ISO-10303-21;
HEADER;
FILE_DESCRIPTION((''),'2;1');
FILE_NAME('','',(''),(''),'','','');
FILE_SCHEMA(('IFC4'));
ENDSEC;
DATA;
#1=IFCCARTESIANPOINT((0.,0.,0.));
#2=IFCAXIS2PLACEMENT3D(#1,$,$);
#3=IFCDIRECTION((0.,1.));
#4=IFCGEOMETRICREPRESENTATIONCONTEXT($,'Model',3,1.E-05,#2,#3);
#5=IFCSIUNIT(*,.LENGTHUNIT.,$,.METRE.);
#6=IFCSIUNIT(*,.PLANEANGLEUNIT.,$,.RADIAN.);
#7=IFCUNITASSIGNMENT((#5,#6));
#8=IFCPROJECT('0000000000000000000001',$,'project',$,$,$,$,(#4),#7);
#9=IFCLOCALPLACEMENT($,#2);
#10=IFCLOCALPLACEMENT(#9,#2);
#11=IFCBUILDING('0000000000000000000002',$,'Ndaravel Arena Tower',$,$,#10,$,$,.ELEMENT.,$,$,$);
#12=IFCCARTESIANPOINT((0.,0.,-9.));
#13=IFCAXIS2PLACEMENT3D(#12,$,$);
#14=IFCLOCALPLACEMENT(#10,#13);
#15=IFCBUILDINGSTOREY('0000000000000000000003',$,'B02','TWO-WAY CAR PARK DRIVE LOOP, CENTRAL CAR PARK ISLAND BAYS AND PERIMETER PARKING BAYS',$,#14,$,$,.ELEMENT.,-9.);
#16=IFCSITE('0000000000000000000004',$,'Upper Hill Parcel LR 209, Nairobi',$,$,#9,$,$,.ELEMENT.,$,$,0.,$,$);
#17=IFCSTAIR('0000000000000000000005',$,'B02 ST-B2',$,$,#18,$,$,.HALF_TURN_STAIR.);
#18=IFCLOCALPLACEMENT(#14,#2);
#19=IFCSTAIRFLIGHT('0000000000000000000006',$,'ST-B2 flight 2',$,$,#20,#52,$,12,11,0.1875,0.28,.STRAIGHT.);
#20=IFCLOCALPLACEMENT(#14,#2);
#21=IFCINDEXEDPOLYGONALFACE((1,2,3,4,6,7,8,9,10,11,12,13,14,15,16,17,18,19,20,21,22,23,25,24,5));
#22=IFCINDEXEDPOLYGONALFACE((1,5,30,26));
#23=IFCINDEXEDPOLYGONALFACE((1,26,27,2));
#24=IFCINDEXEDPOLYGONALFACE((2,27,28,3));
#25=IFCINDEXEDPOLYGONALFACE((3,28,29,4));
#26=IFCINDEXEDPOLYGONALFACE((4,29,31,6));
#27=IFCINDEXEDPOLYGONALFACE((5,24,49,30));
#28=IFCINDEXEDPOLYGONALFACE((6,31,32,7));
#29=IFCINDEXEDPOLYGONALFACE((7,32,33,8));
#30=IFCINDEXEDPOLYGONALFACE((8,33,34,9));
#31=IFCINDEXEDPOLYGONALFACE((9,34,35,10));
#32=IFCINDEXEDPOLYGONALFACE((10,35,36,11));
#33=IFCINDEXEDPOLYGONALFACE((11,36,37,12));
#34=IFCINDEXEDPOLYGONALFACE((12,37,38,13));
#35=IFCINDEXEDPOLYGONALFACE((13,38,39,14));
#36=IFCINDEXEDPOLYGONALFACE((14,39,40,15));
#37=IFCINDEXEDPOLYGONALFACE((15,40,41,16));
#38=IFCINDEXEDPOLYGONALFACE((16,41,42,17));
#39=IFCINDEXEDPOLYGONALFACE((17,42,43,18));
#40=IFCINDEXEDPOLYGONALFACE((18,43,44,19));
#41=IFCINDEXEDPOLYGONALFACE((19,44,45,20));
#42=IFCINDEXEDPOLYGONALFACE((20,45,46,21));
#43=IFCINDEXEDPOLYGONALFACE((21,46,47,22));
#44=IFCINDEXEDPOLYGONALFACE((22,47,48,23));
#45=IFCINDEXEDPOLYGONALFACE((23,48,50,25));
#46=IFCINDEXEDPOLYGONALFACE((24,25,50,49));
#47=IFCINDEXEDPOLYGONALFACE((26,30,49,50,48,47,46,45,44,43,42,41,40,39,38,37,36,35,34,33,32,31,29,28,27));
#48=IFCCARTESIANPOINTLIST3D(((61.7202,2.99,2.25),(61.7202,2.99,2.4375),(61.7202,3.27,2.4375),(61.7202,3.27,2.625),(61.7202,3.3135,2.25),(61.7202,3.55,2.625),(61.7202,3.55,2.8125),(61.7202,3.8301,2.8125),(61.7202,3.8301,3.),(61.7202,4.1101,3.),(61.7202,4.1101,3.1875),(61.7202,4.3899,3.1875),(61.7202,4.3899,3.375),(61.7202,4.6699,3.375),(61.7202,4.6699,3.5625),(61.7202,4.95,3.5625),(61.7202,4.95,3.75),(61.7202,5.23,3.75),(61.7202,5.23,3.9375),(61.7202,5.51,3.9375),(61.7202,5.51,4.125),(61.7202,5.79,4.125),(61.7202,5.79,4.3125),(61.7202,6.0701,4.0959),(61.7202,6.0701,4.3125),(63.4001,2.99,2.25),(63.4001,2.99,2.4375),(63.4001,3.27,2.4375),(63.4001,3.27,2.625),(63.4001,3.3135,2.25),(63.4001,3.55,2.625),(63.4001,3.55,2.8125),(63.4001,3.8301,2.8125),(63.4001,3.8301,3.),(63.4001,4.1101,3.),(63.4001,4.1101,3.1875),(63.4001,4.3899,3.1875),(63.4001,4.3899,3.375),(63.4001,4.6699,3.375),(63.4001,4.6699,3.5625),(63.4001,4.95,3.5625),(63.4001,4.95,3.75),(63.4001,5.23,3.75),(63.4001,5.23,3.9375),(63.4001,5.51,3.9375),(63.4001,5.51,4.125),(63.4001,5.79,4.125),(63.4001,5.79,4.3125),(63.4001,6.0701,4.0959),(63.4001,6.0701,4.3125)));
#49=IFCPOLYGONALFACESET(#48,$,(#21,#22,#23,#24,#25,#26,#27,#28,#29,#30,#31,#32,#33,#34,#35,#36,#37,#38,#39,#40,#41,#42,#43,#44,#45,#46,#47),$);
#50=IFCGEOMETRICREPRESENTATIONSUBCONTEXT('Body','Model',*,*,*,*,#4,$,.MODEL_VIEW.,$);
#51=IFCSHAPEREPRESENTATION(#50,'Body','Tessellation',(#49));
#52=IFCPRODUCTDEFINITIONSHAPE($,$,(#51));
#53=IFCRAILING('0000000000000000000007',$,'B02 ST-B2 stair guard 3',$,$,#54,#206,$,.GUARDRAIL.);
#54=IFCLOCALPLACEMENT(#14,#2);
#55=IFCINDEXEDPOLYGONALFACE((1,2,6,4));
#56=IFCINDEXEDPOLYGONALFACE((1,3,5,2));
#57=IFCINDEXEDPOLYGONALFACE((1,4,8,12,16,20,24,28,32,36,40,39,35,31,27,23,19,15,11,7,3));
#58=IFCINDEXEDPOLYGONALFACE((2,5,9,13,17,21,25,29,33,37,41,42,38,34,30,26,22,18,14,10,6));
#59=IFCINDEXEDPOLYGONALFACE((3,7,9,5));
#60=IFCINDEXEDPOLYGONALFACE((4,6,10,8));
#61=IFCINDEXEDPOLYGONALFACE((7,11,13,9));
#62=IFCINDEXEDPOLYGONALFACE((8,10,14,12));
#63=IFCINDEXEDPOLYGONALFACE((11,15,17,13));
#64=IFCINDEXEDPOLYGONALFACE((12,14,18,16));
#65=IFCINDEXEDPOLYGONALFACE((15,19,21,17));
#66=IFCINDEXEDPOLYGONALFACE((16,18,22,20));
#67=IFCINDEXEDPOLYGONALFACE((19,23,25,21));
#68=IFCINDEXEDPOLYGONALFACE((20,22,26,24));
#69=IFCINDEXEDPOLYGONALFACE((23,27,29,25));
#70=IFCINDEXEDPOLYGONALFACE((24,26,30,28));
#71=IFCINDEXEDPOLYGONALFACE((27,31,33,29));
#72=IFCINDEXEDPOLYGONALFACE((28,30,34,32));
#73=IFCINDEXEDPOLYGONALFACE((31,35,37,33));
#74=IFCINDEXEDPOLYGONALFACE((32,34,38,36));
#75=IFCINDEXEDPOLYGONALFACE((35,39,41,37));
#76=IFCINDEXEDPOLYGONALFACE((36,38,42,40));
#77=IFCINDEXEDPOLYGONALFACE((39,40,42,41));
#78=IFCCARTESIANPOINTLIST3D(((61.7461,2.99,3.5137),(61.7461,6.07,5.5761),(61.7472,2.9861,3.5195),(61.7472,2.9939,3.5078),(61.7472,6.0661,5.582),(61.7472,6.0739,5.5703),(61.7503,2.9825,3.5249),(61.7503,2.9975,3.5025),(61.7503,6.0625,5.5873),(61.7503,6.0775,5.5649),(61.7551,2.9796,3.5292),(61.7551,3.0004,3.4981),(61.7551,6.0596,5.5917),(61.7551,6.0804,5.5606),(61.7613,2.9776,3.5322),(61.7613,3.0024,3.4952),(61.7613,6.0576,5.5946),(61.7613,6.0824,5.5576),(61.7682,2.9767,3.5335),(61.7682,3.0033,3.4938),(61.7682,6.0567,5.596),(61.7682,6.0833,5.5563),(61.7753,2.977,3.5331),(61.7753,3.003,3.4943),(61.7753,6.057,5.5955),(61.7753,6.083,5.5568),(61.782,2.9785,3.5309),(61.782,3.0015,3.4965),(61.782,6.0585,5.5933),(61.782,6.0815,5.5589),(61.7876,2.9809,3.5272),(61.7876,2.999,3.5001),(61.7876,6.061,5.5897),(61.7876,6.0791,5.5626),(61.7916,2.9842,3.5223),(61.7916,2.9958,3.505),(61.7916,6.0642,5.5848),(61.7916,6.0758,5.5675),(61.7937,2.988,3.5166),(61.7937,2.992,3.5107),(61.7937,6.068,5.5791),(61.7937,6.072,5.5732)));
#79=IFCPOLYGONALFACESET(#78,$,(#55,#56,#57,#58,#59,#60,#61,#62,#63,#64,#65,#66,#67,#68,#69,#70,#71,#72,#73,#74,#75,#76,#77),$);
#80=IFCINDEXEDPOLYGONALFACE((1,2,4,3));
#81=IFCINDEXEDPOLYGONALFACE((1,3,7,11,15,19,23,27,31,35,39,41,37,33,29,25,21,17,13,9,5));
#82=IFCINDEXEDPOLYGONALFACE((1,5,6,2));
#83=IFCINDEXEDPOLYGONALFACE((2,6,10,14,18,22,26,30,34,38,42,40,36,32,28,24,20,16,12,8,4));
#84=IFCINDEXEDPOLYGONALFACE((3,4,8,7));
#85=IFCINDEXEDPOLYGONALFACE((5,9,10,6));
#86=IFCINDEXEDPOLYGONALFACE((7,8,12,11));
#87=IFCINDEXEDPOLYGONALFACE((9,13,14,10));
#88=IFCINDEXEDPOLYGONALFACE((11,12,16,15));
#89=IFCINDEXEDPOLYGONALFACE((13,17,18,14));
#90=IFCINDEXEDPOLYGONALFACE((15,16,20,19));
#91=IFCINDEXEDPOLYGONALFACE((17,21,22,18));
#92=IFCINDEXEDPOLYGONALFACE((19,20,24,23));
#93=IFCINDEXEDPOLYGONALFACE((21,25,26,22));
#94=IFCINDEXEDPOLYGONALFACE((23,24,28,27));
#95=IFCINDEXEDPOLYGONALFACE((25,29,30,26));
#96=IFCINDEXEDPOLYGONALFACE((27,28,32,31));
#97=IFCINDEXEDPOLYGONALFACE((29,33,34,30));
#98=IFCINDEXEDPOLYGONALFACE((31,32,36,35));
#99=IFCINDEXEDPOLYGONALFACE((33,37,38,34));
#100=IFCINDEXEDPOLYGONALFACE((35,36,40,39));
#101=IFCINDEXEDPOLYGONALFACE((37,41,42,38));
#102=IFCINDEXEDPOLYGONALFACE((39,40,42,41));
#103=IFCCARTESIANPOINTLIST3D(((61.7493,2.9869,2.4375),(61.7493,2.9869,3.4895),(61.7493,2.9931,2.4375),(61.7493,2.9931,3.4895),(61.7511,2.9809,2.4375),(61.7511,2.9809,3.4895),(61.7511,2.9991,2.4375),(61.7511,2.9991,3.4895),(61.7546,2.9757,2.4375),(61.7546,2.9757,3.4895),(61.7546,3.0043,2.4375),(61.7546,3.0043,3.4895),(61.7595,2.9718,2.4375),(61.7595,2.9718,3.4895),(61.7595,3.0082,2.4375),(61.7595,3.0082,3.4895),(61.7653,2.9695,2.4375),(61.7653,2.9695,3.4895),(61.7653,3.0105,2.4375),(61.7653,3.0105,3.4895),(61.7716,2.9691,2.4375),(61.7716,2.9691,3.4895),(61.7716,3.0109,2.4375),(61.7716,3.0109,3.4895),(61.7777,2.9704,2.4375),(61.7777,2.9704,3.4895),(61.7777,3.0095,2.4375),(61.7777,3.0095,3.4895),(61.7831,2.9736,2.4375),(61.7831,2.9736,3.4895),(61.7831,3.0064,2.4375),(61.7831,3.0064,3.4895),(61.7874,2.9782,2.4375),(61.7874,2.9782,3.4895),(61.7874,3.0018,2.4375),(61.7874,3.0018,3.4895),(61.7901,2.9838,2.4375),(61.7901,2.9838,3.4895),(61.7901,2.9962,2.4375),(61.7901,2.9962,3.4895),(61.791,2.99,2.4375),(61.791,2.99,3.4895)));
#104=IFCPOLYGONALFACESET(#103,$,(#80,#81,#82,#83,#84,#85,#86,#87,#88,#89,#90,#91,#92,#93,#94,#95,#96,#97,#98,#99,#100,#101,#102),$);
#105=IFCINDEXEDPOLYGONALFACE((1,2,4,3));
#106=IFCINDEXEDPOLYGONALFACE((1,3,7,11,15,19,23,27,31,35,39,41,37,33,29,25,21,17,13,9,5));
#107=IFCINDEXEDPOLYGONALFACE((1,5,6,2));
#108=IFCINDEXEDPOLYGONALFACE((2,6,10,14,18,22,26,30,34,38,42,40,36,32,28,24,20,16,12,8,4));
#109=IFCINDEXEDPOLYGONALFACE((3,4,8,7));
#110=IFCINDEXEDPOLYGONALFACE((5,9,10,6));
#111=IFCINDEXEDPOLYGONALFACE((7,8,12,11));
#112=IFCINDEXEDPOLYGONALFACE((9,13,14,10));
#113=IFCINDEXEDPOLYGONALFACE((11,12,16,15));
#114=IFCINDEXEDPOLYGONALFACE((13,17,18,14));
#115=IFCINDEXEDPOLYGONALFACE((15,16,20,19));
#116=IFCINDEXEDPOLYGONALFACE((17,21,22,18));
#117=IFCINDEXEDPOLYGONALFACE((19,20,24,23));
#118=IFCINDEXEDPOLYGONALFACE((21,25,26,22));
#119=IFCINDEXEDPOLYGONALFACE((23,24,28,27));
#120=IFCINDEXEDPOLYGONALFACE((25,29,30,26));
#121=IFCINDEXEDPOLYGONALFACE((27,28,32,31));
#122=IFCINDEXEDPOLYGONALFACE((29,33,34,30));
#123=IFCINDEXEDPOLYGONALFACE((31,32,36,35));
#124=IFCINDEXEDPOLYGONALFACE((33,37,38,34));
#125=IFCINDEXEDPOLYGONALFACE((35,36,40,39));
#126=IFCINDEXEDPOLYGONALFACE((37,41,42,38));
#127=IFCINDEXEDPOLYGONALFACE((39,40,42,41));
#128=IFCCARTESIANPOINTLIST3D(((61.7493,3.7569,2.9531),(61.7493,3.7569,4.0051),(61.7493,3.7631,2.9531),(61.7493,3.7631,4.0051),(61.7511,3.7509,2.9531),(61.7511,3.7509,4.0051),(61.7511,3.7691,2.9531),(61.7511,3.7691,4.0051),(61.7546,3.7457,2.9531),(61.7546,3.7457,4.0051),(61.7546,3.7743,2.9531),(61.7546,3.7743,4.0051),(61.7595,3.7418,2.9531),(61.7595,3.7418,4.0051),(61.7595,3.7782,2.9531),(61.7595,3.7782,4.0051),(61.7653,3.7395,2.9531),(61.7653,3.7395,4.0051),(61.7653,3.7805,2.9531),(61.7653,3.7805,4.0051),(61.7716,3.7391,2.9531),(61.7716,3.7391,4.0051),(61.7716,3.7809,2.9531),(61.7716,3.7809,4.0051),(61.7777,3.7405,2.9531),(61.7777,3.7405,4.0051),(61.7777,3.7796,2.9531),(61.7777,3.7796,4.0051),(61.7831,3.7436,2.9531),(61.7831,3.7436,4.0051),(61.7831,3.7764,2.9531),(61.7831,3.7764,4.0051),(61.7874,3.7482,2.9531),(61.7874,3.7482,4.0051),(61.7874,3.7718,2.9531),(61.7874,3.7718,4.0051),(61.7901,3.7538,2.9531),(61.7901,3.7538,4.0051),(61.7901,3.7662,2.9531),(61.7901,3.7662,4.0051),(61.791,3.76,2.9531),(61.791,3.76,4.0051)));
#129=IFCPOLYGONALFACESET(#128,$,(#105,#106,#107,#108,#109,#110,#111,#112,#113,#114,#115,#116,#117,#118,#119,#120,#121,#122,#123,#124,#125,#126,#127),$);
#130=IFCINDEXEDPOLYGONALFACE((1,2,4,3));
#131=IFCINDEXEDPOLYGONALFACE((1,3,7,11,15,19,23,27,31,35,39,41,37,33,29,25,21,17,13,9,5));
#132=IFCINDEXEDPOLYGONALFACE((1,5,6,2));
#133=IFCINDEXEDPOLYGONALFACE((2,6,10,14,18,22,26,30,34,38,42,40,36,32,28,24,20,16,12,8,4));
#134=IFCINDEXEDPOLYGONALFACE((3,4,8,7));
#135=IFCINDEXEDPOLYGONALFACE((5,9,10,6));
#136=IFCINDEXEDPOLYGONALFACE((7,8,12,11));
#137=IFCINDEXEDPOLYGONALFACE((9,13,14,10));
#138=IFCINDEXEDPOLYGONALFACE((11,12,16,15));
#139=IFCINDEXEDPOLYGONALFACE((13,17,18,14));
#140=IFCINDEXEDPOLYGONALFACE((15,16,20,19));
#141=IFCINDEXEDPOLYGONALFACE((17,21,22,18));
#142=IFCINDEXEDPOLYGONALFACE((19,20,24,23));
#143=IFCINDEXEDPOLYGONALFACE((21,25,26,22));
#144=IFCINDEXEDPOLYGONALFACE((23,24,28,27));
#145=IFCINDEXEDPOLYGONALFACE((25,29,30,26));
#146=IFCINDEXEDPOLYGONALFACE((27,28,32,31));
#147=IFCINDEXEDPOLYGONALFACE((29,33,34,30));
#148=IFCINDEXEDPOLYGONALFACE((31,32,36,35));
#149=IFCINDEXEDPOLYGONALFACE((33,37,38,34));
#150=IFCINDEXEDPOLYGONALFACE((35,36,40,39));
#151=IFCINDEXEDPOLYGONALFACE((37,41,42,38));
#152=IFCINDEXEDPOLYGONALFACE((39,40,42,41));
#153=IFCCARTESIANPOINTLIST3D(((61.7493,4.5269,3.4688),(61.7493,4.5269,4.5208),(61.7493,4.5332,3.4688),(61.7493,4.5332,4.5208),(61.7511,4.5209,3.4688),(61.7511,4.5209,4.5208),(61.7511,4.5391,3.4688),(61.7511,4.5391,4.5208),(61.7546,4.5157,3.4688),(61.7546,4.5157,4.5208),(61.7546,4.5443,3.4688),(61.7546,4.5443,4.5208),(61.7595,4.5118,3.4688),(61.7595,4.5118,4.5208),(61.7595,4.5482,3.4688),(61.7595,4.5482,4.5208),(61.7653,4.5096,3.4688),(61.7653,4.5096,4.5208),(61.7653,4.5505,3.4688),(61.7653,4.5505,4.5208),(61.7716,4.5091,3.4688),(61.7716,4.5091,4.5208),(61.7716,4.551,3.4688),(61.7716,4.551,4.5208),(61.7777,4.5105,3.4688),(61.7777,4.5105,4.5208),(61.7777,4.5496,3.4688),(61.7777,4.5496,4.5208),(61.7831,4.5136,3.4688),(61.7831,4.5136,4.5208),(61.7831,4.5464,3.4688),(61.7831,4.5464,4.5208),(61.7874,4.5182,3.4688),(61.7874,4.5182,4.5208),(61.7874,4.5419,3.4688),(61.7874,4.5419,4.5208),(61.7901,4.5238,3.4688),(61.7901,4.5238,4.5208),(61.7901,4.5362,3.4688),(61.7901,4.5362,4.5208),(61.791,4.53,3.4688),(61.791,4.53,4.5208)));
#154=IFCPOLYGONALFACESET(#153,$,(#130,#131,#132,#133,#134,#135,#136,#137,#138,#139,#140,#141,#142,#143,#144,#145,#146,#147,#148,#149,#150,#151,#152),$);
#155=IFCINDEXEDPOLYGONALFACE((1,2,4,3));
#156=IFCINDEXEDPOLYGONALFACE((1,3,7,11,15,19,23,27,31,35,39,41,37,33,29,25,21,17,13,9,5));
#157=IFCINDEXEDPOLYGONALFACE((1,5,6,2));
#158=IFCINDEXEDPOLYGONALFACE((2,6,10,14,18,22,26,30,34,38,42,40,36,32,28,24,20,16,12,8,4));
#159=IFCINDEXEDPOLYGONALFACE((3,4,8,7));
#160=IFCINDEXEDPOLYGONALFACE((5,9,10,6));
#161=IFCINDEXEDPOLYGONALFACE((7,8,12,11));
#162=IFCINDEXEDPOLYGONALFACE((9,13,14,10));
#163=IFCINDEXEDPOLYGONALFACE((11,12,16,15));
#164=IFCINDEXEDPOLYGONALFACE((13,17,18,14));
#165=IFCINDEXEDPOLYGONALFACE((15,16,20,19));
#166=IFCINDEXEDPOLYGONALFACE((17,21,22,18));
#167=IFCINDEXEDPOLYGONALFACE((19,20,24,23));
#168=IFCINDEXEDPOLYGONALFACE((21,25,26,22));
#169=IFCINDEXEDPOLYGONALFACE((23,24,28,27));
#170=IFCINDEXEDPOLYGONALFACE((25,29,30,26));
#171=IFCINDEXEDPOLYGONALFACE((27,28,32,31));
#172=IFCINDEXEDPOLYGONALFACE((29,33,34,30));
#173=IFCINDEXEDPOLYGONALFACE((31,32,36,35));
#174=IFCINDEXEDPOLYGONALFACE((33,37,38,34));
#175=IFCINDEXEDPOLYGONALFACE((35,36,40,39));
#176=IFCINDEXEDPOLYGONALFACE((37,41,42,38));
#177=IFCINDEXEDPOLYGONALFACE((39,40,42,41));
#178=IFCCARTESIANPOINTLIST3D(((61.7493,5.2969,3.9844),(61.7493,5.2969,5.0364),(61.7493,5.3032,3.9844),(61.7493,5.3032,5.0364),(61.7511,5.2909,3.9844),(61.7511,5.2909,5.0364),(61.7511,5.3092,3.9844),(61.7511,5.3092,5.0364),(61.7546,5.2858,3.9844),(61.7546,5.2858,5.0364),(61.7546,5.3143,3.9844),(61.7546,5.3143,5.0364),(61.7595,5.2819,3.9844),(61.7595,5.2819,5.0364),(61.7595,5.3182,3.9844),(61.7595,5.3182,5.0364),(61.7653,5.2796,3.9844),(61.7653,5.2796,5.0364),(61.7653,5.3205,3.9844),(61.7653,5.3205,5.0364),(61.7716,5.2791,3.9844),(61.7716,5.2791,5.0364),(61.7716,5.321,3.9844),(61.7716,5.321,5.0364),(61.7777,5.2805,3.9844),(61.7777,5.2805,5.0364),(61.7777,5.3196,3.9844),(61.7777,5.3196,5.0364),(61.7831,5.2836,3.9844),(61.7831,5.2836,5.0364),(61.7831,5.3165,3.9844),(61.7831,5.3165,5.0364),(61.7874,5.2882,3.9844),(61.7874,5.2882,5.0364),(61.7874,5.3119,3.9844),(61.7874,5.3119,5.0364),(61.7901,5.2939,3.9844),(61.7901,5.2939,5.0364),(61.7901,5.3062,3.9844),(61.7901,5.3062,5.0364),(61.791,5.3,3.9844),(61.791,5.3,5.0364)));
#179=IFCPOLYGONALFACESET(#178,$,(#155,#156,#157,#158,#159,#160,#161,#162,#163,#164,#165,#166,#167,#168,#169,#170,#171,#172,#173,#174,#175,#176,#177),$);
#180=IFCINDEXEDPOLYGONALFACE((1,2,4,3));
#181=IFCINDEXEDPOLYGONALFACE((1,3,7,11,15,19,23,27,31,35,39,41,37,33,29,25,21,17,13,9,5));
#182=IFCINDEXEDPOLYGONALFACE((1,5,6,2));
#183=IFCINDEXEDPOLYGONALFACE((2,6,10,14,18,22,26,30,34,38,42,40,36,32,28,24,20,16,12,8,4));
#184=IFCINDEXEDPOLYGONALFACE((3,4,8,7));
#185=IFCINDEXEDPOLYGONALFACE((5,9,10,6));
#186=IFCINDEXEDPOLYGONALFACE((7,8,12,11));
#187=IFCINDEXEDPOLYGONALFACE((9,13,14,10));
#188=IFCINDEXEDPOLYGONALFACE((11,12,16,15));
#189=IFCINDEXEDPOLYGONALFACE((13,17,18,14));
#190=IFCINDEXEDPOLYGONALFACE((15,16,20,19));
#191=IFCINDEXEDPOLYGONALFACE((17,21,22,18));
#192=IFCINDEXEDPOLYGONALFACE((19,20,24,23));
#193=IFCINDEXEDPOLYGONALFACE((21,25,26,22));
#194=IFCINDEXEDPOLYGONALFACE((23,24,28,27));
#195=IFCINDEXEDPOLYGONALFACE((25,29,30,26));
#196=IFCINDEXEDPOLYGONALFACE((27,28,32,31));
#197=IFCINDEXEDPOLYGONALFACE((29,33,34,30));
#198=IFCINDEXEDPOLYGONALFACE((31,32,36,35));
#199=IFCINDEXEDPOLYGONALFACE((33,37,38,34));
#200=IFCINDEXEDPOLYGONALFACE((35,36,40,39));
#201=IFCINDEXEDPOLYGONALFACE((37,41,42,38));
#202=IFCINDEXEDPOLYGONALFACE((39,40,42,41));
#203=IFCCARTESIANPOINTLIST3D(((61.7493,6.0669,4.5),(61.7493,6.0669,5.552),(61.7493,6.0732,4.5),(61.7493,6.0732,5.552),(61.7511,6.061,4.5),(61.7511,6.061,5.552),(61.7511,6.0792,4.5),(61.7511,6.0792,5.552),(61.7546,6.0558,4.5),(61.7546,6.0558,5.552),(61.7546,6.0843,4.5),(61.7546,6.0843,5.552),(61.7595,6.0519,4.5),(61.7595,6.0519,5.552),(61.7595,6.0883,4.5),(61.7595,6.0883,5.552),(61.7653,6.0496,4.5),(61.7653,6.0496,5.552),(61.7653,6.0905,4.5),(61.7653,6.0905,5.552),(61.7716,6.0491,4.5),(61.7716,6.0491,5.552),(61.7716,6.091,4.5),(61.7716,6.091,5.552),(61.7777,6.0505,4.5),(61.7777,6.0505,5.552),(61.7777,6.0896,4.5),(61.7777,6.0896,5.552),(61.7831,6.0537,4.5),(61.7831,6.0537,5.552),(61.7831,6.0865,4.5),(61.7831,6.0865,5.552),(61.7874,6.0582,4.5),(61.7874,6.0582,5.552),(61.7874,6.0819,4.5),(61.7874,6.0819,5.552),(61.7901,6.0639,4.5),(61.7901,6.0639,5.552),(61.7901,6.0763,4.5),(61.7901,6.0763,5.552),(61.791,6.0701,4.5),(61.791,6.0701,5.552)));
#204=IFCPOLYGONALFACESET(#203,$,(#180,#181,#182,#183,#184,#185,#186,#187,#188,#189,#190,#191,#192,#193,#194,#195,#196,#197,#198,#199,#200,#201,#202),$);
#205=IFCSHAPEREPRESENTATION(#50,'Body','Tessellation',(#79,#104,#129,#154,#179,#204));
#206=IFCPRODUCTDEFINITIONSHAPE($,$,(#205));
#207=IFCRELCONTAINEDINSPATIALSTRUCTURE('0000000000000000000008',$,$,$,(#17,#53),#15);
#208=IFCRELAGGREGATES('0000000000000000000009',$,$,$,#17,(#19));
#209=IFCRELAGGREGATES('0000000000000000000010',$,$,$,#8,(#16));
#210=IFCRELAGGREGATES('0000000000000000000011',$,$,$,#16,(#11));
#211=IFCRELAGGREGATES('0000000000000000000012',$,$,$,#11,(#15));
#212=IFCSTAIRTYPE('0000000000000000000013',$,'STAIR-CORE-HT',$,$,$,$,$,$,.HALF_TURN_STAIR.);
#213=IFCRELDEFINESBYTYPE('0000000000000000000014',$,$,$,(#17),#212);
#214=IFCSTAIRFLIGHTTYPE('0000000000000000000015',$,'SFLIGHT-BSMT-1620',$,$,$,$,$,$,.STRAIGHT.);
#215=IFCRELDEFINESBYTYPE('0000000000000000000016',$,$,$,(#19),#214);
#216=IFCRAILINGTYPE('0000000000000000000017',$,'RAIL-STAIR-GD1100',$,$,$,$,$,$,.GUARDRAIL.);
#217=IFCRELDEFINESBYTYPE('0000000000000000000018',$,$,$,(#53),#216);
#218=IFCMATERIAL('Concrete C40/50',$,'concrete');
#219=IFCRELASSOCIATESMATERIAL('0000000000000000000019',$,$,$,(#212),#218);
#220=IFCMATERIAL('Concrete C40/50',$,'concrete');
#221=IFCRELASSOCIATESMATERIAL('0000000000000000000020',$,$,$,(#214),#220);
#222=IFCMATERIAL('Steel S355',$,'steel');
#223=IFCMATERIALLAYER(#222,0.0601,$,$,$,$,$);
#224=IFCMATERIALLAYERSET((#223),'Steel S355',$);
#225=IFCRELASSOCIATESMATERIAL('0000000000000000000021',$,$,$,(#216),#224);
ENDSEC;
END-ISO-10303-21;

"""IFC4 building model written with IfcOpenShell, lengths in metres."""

from ifc_helpers import new_model, si_unit, direction, frame, origin, origin_2d, place, context, subcontext, project, spatial, polyline, circle, outline, extrude, material, layer, layer_set, type_object, element, aggregate, save


model = new_model("IFC4")

# Units and contexts
model_context = context("Model", 3, precision=1e-05, world=origin(), true_north=direction((0.0, 1.0)))
body_context = subcontext(model_context, "Body", "Model", "MODEL_VIEW")
ifc_project = project(units=[si_unit("LENGTHUNIT", "METRE"), si_unit("PLANEANGLEUNIT", "RADIAN")], contexts=[model_context])

# Site, building, storey
site_placement = place(None, origin())
site = spatial("IfcSite", under=ifc_project, at=site_placement, Name="Upper Hill Parcel LR 209, Nairobi", CompositionType="ELEMENT", RefElevation=0.0)
building_placement = place(site_placement, origin())
building = spatial("IfcBuilding", under=site, at=building_placement, Name="Ndaravel Arena Tower", CompositionType="ELEMENT")
storey_placement = place(building_placement, frame((0.0, 0.0, -9.0)))
storey = spatial("IfcBuildingStorey", under=building, at=storey_placement, Name="B02", Description="TWO-WAY CAR PARK DRIVE LOOP, CENTRAL CAR PARK ISLAND BAYS AND PERIMETER PARKING BAYS", CompositionType="ELEMENT", Elevation=-9.0)

# Stair, stair flight
ifc_material_1 = material(Name="Concrete C40/50", Category="concrete")
stair_type = type_object("IfcStairType", Name="STAIR-CORE-HT", PredefinedType="HALF_TURN_STAIR", material=ifc_material_1)
stair_placement = place(storey_placement, origin())
stair = element("IfcStair", 1, at=stair_placement, inside=storey, type_object=stair_type, Name="B02 ST-B2", PredefinedType="HALF_TURN_STAIR")
ifc_material_2 = material(Name="Concrete C40/50", Category="concrete")
stair_flight_type = type_object("IfcStairFlightType", Name="SFLIGHT-BSMT-1620", PredefinedType="STRAIGHT", material=ifc_material_2)
stair_flight_1_placement = place(storey_placement, frame((62.5601, 2.99, 2.25), z_axis=(0.0, 0.0, 1.0), x_axis=(0.0, 1.0, 0.0)))
stair_flight_1 = element("IfcStairFlight", 2, at=stair_flight_1_placement, type_object=stair_flight_type, Name="ST-B2 flight 2", NumberOfRisers=12, NumberOfTreads=11, PredefinedType="STRAIGHT", RiserHeight=0.1875, TreadLength=0.28, context=body_context, shape_type="SweptSolid", body=[
    extrude(outline(polyline([(0.0, 0.0), (0.0, 0.1875), (0.28, 0.1875), (0.28, 0.375), (0.5601, 0.375), (0.5601, 0.5625), (0.8401, 0.5625), (0.8401, 0.75), (1.1201, 0.75), (1.1201, 0.9375), (1.3999, 0.9375), (1.3999, 1.125), (1.6799, 1.125), (1.6799, 1.3125), (1.96, 1.3125), (1.96, 1.5), (2.24, 1.5), (2.24, 1.6875), (2.52, 1.6875), (2.52, 1.875), (2.8, 1.875), (2.8, 2.0625), (3.0801, 2.0625), (3.0801, 2.25), (3.0801, 1.8459), (0.3235, 0.0), (0.0, 0.0)])), frame((0.0, 0.8398, 0.0), z_axis=(0.0, -1.0, 0.0), x_axis=(1.0, 0.0, 0.0)), (0.0, 0.0, 1.0), 1.6799),
])
aggregate(stair, [stair_flight_1])

# Railing
ifc_material_3 = material(Name="Steel S355", Category="steel")
ifc_layer_1 = layer(ifc_material_3, 0.0601)
ifc_layer_set_1 = layer_set([ifc_layer_1], Name="Steel S355")
railing_type_1 = type_object("IfcRailingType", Name="RAIL-STAIR-GD1100", PredefinedType="GUARDRAIL", material=ifc_layer_set_1)
railing_1_placement = place(storey_placement, frame((61.77, 2.99, 2.4375)))
element("IfcRailing", 3, at=railing_1_placement, inside=storey, type_object=railing_type_1, Name="B02 ST-B2 stair guard 3", PredefinedType="GUARDRAIL", context=body_context, shape_type="SweptSolid", body=[
    extrude(circle(Radius=0.0239, at=origin_2d()), frame((0.0, 0.0, 1.0762), z_axis=(0.0, 0.830914, 0.556401), x_axis=(-1.0, 0.0, 0.0)), (0.0, 0.0, 1.0), 3.7068),
    extrude(circle(Radius=0.021, at=origin_2d()), origin(), (0.0, 0.0, 1.0), 1.052),
    extrude(circle(Radius=0.021, at=origin_2d()), frame((0.0, 0.77, 0.5156)), (0.0, 0.0, 1.0), 1.052),
    extrude(circle(Radius=0.021, at=origin_2d()), frame((0.0, 1.54, 1.0312)), (0.0, 0.0, 1.0), 1.052),
    extrude(circle(Radius=0.021, at=origin_2d()), frame((0.0, 2.3101, 1.5469)), (0.0, 0.0, 1.0), 1.052),
    extrude(circle(Radius=0.021, at=origin_2d()), frame((0.0, 3.0801, 2.0625)), (0.0, 0.0, 1.0), 1.052),
])

save(model, "model.ifc")
